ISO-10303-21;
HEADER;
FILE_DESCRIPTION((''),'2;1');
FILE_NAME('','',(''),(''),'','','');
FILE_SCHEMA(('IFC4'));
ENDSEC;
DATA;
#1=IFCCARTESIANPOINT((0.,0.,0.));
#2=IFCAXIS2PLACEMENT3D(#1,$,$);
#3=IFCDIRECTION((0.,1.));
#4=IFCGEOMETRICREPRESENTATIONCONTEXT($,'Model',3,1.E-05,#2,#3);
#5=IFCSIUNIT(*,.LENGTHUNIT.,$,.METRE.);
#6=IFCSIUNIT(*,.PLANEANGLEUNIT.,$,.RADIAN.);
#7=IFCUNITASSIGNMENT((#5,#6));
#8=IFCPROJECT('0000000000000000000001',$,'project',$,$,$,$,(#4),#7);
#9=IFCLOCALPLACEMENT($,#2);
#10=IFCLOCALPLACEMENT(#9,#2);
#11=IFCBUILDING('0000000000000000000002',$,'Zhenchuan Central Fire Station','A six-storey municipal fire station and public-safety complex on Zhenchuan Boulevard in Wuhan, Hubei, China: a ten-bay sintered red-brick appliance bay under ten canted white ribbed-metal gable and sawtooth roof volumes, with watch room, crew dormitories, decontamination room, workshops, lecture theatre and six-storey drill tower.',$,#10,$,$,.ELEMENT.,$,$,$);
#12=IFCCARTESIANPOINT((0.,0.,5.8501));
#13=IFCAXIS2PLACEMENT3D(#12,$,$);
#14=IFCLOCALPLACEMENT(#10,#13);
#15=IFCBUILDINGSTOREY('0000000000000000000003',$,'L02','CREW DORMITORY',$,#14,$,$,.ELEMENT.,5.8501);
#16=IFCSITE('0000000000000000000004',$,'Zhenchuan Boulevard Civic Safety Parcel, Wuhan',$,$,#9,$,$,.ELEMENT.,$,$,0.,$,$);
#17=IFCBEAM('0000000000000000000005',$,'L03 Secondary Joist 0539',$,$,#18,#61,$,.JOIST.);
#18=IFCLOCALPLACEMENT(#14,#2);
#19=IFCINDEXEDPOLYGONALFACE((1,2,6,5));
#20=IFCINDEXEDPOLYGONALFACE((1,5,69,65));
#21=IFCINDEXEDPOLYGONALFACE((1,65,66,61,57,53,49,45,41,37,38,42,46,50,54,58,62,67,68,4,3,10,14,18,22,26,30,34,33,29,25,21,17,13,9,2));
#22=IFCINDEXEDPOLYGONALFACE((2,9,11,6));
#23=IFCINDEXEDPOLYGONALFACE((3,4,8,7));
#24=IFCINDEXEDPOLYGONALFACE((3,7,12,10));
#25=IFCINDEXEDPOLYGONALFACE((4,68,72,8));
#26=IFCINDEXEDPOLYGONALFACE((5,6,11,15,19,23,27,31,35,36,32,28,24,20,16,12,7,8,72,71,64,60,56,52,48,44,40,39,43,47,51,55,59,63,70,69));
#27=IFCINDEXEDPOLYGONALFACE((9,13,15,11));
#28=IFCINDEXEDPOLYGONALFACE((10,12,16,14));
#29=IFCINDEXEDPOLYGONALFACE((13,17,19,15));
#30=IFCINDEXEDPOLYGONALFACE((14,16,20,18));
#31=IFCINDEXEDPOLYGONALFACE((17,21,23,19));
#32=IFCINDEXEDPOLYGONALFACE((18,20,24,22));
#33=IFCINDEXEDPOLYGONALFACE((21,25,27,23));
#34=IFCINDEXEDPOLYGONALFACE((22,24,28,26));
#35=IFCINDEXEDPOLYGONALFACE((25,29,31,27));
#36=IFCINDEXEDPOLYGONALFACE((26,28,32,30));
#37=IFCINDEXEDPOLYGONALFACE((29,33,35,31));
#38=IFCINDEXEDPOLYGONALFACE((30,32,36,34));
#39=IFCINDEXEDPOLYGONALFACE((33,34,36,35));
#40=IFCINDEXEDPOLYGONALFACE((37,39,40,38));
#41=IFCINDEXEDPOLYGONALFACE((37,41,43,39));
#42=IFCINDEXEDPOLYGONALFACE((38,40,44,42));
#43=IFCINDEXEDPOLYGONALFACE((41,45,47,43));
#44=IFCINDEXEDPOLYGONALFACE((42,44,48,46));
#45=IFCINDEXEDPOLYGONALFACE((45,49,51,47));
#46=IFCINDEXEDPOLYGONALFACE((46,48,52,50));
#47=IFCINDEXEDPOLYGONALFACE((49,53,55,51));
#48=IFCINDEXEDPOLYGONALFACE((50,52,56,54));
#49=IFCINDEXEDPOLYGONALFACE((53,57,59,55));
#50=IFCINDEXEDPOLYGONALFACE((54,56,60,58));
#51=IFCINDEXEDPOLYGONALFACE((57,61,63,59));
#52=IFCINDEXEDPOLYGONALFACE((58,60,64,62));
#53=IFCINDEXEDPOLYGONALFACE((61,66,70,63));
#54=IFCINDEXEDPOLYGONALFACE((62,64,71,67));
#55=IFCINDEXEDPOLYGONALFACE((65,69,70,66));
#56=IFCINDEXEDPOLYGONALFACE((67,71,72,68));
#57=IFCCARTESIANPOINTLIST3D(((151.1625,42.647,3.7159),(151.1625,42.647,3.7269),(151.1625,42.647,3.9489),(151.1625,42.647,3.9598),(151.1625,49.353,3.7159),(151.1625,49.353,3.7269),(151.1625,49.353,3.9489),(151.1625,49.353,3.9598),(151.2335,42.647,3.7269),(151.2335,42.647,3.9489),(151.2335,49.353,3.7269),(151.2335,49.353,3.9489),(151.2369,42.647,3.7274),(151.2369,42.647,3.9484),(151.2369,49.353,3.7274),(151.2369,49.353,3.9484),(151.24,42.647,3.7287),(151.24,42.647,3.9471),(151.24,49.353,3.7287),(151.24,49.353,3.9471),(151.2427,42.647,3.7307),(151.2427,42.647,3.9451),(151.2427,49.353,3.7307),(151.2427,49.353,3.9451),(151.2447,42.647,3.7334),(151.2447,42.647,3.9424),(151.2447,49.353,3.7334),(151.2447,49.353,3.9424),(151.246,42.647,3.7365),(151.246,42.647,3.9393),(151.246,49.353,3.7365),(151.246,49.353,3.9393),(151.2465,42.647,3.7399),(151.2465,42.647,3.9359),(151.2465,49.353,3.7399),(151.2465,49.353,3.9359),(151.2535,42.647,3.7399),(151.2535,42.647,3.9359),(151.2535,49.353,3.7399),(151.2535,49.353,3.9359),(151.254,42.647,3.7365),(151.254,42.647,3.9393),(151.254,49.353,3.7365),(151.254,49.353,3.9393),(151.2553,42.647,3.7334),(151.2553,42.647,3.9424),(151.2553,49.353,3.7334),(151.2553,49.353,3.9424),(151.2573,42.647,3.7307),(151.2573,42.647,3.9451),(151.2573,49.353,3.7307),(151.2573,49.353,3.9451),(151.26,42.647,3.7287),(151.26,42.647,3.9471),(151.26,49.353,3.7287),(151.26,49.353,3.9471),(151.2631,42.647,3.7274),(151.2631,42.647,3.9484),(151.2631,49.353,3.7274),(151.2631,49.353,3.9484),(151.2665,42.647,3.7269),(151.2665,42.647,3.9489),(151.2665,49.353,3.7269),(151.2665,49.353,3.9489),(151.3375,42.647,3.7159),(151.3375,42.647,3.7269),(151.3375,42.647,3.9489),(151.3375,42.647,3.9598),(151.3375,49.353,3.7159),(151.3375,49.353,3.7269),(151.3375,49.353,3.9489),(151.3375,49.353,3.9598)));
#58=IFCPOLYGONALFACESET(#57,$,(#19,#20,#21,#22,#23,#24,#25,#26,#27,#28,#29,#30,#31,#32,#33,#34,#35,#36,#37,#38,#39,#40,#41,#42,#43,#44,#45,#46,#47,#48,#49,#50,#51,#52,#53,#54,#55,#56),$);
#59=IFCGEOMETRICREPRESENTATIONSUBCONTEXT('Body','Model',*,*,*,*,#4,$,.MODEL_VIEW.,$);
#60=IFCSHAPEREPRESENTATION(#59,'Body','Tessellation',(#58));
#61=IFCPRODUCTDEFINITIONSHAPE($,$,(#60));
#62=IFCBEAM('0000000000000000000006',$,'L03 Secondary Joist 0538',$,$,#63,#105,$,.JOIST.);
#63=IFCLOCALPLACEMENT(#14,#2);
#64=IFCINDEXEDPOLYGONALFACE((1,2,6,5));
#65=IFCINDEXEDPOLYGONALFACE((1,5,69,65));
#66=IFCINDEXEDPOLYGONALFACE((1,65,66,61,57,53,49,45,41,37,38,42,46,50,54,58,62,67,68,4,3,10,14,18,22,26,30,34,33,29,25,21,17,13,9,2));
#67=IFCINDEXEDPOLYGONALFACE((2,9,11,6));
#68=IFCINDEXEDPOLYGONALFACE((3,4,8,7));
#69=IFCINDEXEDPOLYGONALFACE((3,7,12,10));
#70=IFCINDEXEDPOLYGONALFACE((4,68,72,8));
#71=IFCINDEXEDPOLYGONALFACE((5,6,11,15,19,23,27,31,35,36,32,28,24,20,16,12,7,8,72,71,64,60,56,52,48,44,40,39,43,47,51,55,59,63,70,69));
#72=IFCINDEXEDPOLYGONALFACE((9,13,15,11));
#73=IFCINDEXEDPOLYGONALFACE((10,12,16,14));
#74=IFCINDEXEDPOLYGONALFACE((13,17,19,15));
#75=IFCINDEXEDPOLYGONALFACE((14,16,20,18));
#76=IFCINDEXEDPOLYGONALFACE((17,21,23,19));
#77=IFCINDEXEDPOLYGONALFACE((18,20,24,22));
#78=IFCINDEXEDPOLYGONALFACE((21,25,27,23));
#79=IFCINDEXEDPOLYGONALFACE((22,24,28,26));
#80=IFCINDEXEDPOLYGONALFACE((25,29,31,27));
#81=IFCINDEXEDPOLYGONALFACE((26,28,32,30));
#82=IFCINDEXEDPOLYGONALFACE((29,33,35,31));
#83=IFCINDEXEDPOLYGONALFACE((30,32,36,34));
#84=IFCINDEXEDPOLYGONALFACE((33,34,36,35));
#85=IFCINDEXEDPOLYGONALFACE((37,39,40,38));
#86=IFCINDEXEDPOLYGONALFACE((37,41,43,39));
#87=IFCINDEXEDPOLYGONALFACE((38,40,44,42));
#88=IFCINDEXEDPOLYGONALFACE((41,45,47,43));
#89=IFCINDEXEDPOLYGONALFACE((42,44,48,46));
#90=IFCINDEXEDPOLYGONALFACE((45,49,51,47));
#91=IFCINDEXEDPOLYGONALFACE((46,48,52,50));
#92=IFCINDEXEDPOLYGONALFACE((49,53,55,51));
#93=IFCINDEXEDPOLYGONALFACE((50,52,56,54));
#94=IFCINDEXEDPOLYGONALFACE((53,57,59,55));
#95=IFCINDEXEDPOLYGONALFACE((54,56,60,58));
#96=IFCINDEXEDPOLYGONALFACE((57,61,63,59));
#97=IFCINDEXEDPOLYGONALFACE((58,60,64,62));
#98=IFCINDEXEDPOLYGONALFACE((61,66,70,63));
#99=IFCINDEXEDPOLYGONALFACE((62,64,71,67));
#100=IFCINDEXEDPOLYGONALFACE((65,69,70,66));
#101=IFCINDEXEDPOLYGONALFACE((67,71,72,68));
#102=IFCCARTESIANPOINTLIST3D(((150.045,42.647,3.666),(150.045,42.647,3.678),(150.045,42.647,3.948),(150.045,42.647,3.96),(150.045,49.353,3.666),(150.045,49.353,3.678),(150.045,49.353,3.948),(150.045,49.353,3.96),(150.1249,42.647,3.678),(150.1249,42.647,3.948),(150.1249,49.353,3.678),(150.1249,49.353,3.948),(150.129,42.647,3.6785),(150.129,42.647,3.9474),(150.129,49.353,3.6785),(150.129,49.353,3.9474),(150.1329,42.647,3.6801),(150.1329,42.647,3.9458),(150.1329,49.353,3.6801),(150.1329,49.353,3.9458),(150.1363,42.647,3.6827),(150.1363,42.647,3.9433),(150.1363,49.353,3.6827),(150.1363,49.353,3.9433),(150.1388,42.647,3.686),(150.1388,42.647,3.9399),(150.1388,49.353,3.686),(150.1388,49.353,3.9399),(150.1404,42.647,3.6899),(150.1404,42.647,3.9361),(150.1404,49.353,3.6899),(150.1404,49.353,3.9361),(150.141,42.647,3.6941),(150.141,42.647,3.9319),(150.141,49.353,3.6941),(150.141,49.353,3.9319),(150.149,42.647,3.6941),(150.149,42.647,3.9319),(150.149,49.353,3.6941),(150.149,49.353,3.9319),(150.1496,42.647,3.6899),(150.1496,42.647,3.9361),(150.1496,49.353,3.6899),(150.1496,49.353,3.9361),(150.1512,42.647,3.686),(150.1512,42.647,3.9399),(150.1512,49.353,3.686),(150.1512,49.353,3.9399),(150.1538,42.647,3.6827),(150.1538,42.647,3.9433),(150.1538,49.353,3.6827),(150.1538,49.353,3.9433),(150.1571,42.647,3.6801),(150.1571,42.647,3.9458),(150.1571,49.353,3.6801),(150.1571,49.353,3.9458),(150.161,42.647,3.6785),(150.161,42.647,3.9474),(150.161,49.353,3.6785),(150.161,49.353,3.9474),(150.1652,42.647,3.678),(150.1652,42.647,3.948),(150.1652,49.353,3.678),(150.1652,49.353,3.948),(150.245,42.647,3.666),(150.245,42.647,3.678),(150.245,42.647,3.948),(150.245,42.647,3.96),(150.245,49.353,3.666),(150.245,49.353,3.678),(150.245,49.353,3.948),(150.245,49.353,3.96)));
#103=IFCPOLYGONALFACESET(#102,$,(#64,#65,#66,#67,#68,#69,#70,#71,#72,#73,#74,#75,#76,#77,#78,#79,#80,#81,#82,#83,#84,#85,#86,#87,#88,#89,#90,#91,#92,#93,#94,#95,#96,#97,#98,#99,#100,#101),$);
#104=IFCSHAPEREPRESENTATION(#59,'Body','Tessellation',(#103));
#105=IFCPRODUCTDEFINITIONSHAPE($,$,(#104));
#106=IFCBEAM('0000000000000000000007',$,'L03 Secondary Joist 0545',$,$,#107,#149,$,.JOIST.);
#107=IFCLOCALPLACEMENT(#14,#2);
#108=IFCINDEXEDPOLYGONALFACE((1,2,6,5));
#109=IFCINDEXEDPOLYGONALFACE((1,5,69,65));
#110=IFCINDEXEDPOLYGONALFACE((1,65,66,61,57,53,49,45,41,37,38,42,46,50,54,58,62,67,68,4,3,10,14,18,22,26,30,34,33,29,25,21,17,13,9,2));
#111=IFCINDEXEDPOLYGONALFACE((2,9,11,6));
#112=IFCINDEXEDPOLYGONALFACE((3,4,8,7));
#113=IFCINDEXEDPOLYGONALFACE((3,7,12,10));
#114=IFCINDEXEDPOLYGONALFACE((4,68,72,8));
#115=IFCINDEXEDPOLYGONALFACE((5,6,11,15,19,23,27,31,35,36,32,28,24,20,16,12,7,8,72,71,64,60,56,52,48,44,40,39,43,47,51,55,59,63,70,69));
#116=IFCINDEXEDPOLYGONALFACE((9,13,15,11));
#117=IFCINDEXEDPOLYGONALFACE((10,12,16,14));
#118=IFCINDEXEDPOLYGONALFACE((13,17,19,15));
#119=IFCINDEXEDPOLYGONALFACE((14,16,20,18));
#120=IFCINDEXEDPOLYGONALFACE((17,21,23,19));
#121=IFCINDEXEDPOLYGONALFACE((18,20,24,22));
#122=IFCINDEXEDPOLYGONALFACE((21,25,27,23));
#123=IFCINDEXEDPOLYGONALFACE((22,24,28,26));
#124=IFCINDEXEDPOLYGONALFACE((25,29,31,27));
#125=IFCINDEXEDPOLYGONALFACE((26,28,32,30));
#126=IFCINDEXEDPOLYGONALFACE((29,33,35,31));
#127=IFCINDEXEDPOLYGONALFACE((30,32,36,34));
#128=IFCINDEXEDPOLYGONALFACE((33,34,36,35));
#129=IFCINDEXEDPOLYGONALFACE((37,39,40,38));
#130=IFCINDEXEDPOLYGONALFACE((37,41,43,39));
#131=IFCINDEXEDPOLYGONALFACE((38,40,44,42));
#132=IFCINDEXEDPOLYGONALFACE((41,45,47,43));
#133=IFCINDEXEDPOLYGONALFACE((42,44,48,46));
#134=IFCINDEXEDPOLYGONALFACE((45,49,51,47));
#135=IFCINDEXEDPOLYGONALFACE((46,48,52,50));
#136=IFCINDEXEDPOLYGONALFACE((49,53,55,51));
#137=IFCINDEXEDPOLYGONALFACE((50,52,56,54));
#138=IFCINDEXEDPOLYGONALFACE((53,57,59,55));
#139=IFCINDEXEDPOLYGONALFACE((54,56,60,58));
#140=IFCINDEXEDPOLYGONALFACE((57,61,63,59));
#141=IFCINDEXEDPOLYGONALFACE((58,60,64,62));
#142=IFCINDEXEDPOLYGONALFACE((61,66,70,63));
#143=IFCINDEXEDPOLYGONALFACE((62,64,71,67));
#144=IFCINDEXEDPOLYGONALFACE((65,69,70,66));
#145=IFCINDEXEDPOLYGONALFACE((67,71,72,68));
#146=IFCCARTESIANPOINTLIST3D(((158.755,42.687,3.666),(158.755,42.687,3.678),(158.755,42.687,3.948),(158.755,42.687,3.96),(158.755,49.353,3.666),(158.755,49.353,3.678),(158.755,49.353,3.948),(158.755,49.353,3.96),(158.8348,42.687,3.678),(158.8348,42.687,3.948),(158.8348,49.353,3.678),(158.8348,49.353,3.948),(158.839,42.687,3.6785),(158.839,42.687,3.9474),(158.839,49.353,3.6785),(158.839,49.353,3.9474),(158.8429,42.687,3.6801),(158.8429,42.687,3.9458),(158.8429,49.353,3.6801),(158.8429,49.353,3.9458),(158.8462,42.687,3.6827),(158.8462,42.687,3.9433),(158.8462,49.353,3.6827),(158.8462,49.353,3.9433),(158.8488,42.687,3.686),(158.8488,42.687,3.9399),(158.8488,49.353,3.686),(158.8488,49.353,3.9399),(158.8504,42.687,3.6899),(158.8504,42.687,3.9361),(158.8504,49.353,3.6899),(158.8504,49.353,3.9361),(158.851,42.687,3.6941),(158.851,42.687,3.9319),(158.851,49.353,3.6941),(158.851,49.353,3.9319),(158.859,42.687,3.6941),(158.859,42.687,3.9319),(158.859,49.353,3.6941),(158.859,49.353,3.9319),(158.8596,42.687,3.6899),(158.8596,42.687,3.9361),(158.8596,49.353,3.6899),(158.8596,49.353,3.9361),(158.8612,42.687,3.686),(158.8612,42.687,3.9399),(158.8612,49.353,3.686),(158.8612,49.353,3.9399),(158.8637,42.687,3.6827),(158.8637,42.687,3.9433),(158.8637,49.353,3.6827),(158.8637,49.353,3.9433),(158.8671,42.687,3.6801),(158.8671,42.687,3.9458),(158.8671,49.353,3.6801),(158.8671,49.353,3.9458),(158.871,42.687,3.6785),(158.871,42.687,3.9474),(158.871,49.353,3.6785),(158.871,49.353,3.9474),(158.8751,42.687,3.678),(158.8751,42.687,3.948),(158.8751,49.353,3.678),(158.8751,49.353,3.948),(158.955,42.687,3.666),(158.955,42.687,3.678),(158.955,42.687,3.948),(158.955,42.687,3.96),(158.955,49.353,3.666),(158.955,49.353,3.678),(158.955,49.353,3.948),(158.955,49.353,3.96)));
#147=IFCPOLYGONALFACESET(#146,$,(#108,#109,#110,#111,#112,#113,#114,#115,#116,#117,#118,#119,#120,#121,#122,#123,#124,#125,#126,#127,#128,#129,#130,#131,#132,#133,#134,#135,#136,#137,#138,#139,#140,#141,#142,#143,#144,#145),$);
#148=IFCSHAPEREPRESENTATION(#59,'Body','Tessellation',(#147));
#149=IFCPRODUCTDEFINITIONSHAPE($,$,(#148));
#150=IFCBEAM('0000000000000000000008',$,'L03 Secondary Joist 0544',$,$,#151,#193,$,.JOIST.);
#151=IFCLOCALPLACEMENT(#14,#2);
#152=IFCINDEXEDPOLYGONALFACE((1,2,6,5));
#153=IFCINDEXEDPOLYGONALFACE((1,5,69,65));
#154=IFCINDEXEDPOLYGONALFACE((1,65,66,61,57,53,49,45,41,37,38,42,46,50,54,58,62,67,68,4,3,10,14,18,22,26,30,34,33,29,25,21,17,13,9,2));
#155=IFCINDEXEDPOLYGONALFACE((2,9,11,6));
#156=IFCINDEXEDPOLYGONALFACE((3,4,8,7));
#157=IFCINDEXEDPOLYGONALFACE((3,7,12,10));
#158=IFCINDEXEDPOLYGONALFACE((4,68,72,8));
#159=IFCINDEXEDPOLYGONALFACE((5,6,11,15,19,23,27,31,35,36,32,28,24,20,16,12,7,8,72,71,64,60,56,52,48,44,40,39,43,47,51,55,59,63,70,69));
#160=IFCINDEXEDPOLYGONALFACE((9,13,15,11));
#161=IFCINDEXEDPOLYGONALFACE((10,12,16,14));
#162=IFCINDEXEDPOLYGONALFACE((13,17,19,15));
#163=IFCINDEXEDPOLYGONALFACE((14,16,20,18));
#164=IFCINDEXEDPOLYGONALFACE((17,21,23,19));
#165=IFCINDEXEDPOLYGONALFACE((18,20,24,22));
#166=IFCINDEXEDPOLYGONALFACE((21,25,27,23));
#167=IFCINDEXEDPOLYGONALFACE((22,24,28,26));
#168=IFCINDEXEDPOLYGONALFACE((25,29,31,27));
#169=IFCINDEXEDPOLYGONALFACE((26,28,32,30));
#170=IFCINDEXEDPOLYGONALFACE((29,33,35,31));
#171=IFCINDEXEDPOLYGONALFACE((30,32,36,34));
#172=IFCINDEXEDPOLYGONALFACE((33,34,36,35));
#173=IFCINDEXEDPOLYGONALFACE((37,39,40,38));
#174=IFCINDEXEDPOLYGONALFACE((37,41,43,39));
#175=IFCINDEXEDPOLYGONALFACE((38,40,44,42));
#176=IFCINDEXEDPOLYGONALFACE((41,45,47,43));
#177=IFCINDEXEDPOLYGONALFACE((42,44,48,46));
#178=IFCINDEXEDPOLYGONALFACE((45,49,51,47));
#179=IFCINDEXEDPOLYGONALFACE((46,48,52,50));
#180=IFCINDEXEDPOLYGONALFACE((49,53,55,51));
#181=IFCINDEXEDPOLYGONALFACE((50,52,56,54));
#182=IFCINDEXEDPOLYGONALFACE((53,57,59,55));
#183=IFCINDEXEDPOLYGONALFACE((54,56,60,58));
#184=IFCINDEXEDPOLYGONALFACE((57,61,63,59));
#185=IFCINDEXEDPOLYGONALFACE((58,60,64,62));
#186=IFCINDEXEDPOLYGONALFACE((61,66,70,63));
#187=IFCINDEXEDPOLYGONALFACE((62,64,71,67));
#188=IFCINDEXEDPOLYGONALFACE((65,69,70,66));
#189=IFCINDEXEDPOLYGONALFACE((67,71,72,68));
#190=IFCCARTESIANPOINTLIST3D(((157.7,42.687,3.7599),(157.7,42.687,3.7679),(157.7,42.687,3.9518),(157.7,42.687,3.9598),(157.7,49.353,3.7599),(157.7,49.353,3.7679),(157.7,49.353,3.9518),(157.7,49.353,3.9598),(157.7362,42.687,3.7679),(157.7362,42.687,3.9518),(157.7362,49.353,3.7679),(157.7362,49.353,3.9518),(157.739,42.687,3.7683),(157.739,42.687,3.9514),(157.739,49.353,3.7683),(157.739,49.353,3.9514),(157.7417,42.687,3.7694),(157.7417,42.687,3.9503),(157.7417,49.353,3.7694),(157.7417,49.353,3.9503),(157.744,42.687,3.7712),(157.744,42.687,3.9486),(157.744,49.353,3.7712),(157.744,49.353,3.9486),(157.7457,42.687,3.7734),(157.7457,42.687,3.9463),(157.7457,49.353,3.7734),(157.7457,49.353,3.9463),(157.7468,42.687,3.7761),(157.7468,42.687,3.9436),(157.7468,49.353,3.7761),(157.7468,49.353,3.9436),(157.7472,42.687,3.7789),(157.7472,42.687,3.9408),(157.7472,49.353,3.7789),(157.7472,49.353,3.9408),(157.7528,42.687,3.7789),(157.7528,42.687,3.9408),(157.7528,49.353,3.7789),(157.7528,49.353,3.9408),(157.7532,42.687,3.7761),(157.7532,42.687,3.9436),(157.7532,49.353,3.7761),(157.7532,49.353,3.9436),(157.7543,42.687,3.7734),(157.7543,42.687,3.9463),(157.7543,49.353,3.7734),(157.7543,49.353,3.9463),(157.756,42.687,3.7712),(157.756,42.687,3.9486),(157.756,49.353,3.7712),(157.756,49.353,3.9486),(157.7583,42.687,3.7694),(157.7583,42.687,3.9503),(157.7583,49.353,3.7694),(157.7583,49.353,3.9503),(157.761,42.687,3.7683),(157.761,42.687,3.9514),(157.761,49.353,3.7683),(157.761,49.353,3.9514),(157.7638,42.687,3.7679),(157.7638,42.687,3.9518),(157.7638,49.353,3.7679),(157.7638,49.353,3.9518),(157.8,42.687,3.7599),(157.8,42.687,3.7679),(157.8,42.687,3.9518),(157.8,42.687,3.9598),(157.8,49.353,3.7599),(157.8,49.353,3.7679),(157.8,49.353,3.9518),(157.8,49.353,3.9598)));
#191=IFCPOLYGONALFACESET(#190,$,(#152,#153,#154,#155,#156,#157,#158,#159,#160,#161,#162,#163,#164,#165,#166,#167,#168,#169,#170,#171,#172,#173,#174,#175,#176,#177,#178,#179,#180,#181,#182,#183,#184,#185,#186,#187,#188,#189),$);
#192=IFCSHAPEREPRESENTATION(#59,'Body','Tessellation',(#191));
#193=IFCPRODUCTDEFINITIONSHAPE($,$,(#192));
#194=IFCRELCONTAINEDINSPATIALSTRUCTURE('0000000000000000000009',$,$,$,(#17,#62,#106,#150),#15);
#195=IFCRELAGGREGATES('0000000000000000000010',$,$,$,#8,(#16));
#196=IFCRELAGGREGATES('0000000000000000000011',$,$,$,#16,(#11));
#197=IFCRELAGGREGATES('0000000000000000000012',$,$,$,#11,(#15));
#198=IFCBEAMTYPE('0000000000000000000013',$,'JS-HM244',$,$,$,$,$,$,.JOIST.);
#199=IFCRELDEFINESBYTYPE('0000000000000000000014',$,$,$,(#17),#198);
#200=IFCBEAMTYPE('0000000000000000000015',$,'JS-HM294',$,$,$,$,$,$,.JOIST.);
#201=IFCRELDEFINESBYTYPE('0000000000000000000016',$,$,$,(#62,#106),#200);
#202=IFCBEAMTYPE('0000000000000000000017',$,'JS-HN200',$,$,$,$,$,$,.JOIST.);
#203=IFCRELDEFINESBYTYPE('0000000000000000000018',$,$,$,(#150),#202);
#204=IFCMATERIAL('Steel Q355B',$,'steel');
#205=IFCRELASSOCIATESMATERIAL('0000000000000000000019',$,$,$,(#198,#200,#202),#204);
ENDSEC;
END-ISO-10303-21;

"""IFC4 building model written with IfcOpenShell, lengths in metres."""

from ifc_helpers import new_model, si_unit, direction, frame, origin, origin_2d, place, context, subcontext, project, spatial, i_section, extrude, material, material_profile, profile_set, type_object, element, save


model = new_model("IFC4")

# Units and contexts
model_context = context("Model", 3, precision=1e-05, world=origin(), true_north=direction((0.0, 1.0)))
body_context = subcontext(model_context, "Body", "Model", "MODEL_VIEW")
ifc_project = project(units=[si_unit("LENGTHUNIT", "METRE"), si_unit("PLANEANGLEUNIT", "RADIAN")], contexts=[model_context])

# Site, building, storey
site_placement = place(None, origin())
site = spatial("IfcSite", under=ifc_project, at=site_placement, Name="Zhenchuan Boulevard Civic Safety Parcel, Wuhan", CompositionType="ELEMENT", RefElevation=0.0)
building_placement = place(site_placement, origin())
building = spatial("IfcBuilding", under=site, at=building_placement, Name="Zhenchuan Central Fire Station", Description="A six-storey municipal fire station and public-safety complex on Zhenchuan Boulevard in Wuhan, Hubei, China: a ten-bay sintered red-brick appliance bay under ten canted white ribbed-metal gable and sawtooth roof volumes, with watch room, crew dormitories, decontamination room, workshops, lecture theatre and six-storey drill tower.", CompositionType="ELEMENT")
storey_placement = place(building_placement, frame((0.0, 0.0, 5.8501)))
storey = spatial("IfcBuildingStorey", under=building, at=storey_placement, Name="L02", Description="CREW DORMITORY", CompositionType="ELEMENT", Elevation=5.8501)

# Beams
ifc_material_1 = material(Name="Steel Q355B", Category="steel")
ifc_material_profile_1 = material_profile(ifc_material_1, i_section(OverallWidth=0.175, OverallDepth=0.2439, WebThickness=0.0071, FlangeThickness=0.011, FilletRadius=0.0129, at=origin_2d()), Name="HM 244x175")
ifc_profile_set_1 = profile_set([ifc_material_profile_1], Name="Steel Q355B")
beam_type_1 = type_object("IfcBeamType", Name="JS-HM244", PredefinedType="JOIST", material=ifc_profile_set_1)
beam_1_placement = place(storey_placement, frame((151.25, 42.647, 3.8379), z_axis=(0.0, 1.0, 0.0), x_axis=(-1.0, 0.0, 0.0)))
element("IfcBeam", 1, at=beam_1_placement, inside=storey, type_object=beam_type_1, Name="L03 Secondary Joist 0539", PredefinedType="JOIST", context=body_context, shape_type="SweptSolid", body=[
    extrude(i_section(OverallWidth=0.175, OverallDepth=0.2439, WebThickness=0.0071, FlangeThickness=0.011, FilletRadius=0.0129, at=origin_2d()), origin(), (0.0, 0.0, 1.0), 6.7061),
])
ifc_material_profile_2 = material_profile(ifc_material_1, i_section(OverallWidth=0.2, OverallDepth=0.2939, WebThickness=0.0081, FlangeThickness=0.012, FilletRadius=0.0161, at=origin_2d()), Name="HM 294x200")
ifc_profile_set_2 = profile_set([ifc_material_profile_2], Name="Steel Q355B")
beam_type_2 = type_object("IfcBeamType", Name="JS-HM294", PredefinedType="JOIST", material=ifc_profile_set_2)
beam_2_placement = place(storey_placement, frame((150.145, 42.647, 3.813), z_axis=(0.0, 1.0, 0.0), x_axis=(-1.0, 0.0, 0.0)))
element("IfcBeam", 2, at=beam_2_placement, inside=storey, type_object=beam_type_2, Name="L03 Secondary Joist 0538", PredefinedType="JOIST", context=body_context, shape_type="SweptSolid", body=[
    extrude(i_section(OverallWidth=0.2, OverallDepth=0.2939, WebThickness=0.0081, FlangeThickness=0.012, FilletRadius=0.0161, at=origin_2d()), origin(), (0.0, 0.0, 1.0), 6.7061),
])
beam_3_placement = place(storey_placement, frame((158.855, 42.687, 3.813), z_axis=(0.0, 1.0, 0.0), x_axis=(-1.0, 0.0, 0.0)))
element("IfcBeam", 3, at=beam_3_placement, inside=storey, type_object=beam_type_2, Name="L03 Secondary Joist 0545", PredefinedType="JOIST", context=body_context, shape_type="SweptSolid", body=[
    extrude(i_section(OverallWidth=0.2, OverallDepth=0.2939, WebThickness=0.0081, FlangeThickness=0.012, FilletRadius=0.0161, at=origin_2d()), origin(), (0.0, 0.0, 1.0), 6.666),
])
ifc_material_profile_3 = material_profile(ifc_material_1, i_section(OverallWidth=0.1001, OverallDepth=0.2, WebThickness=0.0056, FlangeThickness=0.0081, FilletRadius=0.011, at=origin_2d()), Name="HN 200x100")
ifc_profile_set_3 = profile_set([ifc_material_profile_3], Name="Steel Q355B")
beam_type_3 = type_object("IfcBeamType", Name="JS-HN200", PredefinedType="JOIST", material=ifc_profile_set_3)
beam_4_placement = place(storey_placement, frame((157.75, 42.687, 3.8599), z_axis=(0.0, 1.0, 0.0), x_axis=(-1.0, 0.0, 0.0)))
element("IfcBeam", 4, at=beam_4_placement, inside=storey, type_object=beam_type_3, Name="L03 Secondary Joist 0544", PredefinedType="JOIST", context=body_context, shape_type="SweptSolid", body=[
    extrude(i_section(OverallWidth=0.1001, OverallDepth=0.2, WebThickness=0.0056, FlangeThickness=0.0081, FilletRadius=0.011, at=origin_2d()), origin(), (0.0, 0.0, 1.0), 6.666),
])

save(model, "model.ifc")
